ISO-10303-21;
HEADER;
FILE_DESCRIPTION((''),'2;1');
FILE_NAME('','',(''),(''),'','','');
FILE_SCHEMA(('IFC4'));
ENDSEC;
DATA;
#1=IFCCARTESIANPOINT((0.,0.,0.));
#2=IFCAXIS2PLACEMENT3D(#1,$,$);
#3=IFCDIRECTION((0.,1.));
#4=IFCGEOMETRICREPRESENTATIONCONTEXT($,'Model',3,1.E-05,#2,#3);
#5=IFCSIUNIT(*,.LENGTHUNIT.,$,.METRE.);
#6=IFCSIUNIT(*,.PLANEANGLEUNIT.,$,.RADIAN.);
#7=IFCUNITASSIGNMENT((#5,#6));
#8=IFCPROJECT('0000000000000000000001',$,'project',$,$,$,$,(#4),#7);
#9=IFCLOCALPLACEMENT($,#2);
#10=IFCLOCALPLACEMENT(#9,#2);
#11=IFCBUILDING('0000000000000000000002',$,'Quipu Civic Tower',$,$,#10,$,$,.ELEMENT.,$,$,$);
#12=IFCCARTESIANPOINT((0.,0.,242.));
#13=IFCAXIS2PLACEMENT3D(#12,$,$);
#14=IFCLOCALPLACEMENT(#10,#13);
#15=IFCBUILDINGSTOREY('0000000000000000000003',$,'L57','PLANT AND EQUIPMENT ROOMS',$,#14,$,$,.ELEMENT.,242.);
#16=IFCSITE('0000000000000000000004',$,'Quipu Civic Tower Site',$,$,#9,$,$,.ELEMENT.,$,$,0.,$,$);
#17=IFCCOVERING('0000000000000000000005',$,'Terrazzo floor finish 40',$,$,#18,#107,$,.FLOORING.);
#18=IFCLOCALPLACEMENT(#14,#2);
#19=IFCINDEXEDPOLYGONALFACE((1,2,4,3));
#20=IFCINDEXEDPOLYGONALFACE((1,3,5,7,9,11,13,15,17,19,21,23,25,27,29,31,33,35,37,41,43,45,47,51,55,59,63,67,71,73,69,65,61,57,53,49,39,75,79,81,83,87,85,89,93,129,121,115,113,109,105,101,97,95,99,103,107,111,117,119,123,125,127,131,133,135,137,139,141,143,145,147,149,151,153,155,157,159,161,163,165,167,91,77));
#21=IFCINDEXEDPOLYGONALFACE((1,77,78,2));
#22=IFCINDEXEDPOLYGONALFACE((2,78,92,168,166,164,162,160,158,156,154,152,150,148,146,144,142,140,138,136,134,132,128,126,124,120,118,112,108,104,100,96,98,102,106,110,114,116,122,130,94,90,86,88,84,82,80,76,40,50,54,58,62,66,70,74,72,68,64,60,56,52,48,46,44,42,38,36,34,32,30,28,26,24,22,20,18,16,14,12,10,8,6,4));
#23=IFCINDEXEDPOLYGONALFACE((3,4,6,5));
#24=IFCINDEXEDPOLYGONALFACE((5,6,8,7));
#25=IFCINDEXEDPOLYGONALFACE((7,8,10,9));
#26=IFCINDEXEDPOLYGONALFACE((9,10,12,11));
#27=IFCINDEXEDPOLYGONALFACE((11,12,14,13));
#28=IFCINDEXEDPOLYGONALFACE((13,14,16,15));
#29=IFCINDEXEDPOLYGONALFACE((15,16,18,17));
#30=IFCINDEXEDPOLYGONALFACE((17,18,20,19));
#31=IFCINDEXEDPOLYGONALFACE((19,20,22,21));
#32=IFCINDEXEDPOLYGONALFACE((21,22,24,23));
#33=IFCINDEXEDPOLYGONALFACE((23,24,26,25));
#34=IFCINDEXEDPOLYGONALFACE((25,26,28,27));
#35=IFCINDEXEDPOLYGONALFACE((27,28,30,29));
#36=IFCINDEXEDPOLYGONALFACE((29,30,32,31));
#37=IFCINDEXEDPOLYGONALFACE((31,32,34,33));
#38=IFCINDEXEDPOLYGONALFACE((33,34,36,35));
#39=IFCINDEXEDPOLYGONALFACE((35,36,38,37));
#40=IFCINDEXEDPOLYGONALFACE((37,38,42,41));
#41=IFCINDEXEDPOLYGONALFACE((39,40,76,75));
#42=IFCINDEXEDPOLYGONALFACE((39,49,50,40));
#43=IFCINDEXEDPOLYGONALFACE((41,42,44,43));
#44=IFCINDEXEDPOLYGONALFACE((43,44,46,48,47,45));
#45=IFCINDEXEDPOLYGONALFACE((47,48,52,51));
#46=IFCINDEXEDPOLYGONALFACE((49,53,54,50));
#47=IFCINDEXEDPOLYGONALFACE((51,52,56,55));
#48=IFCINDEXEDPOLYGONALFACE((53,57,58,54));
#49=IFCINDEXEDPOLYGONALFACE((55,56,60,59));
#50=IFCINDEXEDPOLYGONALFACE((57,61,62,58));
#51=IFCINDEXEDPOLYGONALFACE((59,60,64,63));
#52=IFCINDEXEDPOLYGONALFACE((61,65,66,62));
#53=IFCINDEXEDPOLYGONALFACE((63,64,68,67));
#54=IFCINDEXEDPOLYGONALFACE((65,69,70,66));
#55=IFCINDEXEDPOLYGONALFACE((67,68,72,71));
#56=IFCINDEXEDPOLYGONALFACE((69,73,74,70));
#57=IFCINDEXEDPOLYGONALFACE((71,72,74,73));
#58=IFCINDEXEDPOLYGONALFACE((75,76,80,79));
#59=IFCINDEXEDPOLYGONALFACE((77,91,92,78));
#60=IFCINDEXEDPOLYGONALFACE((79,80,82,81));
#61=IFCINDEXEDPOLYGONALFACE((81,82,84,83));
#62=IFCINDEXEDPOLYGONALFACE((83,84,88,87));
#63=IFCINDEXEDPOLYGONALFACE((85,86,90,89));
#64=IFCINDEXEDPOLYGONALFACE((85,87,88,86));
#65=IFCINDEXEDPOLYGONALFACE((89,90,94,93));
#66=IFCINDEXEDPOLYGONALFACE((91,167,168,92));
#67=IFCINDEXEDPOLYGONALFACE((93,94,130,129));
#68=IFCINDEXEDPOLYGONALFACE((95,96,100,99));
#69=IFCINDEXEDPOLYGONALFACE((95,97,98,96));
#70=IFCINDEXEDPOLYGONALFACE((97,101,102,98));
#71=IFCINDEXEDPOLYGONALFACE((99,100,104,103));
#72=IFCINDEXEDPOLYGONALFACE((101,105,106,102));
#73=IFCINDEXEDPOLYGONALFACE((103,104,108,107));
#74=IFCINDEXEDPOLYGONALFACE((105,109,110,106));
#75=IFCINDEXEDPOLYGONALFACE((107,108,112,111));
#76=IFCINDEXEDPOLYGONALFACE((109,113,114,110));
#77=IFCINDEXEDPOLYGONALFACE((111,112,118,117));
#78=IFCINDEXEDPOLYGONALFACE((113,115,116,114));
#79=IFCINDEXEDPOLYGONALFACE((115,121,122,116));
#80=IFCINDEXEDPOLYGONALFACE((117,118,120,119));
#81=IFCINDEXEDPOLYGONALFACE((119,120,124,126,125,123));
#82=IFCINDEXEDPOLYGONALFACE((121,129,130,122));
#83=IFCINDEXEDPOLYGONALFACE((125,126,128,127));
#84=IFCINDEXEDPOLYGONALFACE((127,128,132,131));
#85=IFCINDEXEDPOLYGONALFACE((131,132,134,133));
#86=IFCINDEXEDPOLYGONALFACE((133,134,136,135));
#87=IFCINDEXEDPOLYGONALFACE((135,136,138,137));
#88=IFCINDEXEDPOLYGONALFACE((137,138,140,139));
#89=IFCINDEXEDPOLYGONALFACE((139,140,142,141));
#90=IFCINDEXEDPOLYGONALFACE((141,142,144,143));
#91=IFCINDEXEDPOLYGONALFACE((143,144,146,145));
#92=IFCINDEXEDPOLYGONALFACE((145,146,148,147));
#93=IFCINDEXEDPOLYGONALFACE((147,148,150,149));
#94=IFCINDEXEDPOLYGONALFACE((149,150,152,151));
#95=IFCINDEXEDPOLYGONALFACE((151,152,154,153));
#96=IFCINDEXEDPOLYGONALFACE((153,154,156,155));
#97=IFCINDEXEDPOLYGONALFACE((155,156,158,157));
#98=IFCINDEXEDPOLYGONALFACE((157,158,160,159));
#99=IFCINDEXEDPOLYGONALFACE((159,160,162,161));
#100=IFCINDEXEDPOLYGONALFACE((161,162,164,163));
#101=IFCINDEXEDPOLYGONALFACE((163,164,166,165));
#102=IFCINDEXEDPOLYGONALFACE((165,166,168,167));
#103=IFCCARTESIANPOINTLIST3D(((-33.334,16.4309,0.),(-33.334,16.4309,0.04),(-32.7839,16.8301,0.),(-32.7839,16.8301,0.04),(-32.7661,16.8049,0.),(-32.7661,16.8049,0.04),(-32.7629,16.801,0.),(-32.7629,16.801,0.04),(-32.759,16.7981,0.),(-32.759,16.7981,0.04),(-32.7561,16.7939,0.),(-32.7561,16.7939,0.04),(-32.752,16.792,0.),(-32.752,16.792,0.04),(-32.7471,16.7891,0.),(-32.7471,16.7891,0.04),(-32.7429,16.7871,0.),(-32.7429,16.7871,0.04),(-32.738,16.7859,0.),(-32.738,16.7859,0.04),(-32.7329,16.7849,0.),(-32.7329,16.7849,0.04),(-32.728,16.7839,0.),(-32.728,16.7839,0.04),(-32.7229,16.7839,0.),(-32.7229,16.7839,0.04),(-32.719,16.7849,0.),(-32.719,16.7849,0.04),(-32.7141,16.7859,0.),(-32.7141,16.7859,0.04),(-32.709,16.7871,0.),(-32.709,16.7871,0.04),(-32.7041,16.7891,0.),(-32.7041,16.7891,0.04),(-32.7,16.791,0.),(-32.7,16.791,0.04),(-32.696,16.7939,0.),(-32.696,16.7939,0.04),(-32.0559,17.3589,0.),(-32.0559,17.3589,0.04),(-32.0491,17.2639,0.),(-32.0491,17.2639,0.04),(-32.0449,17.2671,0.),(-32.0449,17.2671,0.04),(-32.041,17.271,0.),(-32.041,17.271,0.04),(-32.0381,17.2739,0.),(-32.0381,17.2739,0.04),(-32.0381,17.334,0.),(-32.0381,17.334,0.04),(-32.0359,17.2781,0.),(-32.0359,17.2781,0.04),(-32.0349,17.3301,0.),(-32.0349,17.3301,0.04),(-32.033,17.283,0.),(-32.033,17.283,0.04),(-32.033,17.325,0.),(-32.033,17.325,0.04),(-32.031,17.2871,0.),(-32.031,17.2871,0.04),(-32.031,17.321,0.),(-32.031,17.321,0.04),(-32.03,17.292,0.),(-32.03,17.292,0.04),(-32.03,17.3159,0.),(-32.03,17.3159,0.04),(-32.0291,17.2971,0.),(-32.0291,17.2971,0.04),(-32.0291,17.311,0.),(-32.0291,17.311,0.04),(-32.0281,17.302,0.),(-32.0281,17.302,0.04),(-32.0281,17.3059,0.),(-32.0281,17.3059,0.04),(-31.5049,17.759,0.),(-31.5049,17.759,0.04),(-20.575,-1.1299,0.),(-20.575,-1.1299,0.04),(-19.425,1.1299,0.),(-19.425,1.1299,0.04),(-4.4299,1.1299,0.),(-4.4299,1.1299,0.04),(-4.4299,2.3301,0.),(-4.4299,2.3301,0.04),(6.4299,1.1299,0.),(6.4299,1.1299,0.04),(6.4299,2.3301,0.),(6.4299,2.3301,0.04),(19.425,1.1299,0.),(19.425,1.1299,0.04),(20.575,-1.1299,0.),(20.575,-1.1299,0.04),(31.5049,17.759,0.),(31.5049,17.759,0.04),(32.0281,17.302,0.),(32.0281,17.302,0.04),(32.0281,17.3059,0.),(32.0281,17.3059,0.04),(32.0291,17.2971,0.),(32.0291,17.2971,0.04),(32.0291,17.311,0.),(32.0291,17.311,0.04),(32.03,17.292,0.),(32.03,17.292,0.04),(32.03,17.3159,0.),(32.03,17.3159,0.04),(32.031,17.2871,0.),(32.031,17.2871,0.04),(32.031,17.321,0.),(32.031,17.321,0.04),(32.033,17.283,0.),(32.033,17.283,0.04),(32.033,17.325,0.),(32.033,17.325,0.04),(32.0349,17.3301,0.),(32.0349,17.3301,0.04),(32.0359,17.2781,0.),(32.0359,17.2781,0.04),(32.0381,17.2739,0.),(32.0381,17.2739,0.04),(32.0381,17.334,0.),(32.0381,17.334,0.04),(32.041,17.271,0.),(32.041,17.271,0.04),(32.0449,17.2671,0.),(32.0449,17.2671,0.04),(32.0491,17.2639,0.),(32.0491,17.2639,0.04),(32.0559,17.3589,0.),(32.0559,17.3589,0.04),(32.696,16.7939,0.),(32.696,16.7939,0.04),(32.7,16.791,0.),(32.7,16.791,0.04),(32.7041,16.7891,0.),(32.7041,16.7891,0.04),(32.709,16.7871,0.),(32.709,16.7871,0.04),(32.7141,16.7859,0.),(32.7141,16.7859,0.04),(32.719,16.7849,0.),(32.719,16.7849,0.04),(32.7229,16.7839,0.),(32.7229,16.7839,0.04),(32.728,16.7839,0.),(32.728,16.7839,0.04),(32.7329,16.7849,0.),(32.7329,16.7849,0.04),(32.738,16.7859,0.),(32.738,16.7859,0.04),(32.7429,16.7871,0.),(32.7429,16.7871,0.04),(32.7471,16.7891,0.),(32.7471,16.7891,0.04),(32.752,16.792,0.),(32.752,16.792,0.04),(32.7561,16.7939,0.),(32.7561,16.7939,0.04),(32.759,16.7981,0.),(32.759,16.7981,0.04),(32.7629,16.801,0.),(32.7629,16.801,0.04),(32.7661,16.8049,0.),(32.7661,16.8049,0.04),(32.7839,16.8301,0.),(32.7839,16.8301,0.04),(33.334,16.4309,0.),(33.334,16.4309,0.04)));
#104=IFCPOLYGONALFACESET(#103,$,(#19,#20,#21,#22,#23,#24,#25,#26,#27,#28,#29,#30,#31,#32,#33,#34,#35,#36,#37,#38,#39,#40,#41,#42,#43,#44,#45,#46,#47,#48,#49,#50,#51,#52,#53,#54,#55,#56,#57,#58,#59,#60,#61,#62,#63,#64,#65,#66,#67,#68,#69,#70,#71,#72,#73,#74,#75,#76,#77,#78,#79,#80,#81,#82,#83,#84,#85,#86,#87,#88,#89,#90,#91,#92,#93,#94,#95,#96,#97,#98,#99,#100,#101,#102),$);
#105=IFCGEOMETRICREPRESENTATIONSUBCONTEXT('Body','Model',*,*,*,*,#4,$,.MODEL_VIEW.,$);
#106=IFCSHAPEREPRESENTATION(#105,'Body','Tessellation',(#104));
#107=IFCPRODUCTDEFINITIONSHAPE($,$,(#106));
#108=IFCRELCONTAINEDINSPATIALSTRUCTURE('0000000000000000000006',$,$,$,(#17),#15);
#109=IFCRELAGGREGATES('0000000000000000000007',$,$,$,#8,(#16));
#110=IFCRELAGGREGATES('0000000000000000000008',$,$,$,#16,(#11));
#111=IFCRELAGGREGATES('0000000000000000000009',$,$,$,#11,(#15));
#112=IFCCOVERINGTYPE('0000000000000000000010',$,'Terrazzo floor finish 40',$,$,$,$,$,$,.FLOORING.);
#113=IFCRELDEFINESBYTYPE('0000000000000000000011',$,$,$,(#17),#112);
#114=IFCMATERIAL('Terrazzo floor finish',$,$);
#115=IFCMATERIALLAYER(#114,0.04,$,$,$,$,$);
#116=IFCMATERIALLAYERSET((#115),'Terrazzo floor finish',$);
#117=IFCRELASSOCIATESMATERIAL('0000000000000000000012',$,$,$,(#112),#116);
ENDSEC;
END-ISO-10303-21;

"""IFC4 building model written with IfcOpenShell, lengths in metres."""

from ifc_helpers import new_model, si_unit, direction, frame, origin, place, context, subcontext, project, spatial, polyline, outline, extrude, material, layer, layer_set, type_object, element, save


model = new_model("IFC4")

# Units and contexts
model_context = context("Model", 3, precision=1e-05, world=origin(), true_north=direction((0.0, 1.0)))
body_context = subcontext(model_context, "Body", "Model", "MODEL_VIEW")
ifc_project = project(units=[si_unit("LENGTHUNIT", "METRE"), si_unit("PLANEANGLEUNIT", "RADIAN")], contexts=[model_context])

# Site, building, storey
site_placement = place(None, origin())
site = spatial("IfcSite", under=ifc_project, at=site_placement, Name="Quipu Civic Tower Site", CompositionType="ELEMENT", RefElevation=0.0)
building_placement = place(site_placement, origin())
building = spatial("IfcBuilding", under=site, at=building_placement, Name="Quipu Civic Tower", CompositionType="ELEMENT")
storey_placement = place(building_placement, frame((0.0, 0.0, 242.0)))
storey = spatial("IfcBuildingStorey", under=building, at=storey_placement, Name="L57", Description="PLANT AND EQUIPMENT ROOMS", CompositionType="ELEMENT", Elevation=242.0)

# Covering
ifc_material_1 = material(Name="Terrazzo floor finish")
ifc_layer_1 = layer(ifc_material_1, 0.04)
ifc_layer_set_1 = layer_set([ifc_layer_1], Name="Terrazzo floor finish")
covering_type_1 = type_object("IfcCoveringType", Name="Terrazzo floor finish 40", PredefinedType="FLOORING", material=ifc_layer_set_1)
covering_1_placement = place(storey_placement, origin())
element("IfcCovering", 1, at=covering_1_placement, inside=storey, type_object=covering_type_1, Name="Terrazzo floor finish 40", PredefinedType="FLOORING", context=body_context, shape_type="SweptSolid", body=[
    extrude(outline(polyline([(6.4299, 2.3301), (6.4299, 1.1299), (19.425, 1.1299), (31.5049, 17.759), (32.0559, 17.3589), (32.0381, 17.334), (32.0349, 17.3301), (32.033, 17.325), (32.031, 17.321), (32.03, 17.3159), (32.0291, 17.311), (32.0281, 17.3059), (32.0281, 17.302), (32.0291, 17.2971), (32.03, 17.292), (32.031, 17.2871), (32.033, 17.283), (32.0359, 17.2781), (32.0381, 17.2739), (32.041, 17.271), (32.0449, 17.2671), (32.0491, 17.2639), (32.696, 16.7939), (32.7, 16.791), (32.7041, 16.7891), (32.709, 16.7871), (32.7141, 16.7859), (32.719, 16.7849), (32.7229, 16.7839), (32.728, 16.7839), (32.7329, 16.7849), (32.738, 16.7859), (32.7429, 16.7871), (32.7471, 16.7891), (32.752, 16.792), (32.7561, 16.7939), (32.759, 16.7981), (32.7629, 16.801), (32.7661, 16.8049), (32.7839, 16.8301), (33.334, 16.4309), (20.575, -1.1299), (-20.575, -1.1299), (-33.334, 16.4309), (-32.7839, 16.8301), (-32.7661, 16.8049), (-32.7629, 16.801), (-32.759, 16.7981), (-32.7561, 16.7939), (-32.752, 16.792), (-32.7471, 16.7891), (-32.7429, 16.7871), (-32.738, 16.7859), (-32.7329, 16.7849), (-32.728, 16.7839), (-32.7229, 16.7839), (-32.719, 16.7849), (-32.7141, 16.7859), (-32.709, 16.7871), (-32.7041, 16.7891), (-32.7, 16.791), (-32.696, 16.7939), (-32.0491, 17.2639), (-32.0449, 17.2671), (-32.041, 17.271), (-32.0381, 17.2739), (-32.0359, 17.2781), (-32.033, 17.283), (-32.031, 17.2871), (-32.03, 17.292), (-32.0291, 17.2971), (-32.0281, 17.302), (-32.0281, 17.3059), (-32.0291, 17.311), (-32.03, 17.3159), (-32.031, 17.321), (-32.033, 17.325), (-32.0349, 17.3301), (-32.0381, 17.334), (-32.0559, 17.3589), (-31.5049, 17.759), (-19.425, 1.1299), (-4.4299, 1.1299), (-4.4299, 2.3301), (6.4299, 2.3301)])), origin(), (0.0, 0.0, 1.0), 0.04),
])

save(model, "model.ifc")
